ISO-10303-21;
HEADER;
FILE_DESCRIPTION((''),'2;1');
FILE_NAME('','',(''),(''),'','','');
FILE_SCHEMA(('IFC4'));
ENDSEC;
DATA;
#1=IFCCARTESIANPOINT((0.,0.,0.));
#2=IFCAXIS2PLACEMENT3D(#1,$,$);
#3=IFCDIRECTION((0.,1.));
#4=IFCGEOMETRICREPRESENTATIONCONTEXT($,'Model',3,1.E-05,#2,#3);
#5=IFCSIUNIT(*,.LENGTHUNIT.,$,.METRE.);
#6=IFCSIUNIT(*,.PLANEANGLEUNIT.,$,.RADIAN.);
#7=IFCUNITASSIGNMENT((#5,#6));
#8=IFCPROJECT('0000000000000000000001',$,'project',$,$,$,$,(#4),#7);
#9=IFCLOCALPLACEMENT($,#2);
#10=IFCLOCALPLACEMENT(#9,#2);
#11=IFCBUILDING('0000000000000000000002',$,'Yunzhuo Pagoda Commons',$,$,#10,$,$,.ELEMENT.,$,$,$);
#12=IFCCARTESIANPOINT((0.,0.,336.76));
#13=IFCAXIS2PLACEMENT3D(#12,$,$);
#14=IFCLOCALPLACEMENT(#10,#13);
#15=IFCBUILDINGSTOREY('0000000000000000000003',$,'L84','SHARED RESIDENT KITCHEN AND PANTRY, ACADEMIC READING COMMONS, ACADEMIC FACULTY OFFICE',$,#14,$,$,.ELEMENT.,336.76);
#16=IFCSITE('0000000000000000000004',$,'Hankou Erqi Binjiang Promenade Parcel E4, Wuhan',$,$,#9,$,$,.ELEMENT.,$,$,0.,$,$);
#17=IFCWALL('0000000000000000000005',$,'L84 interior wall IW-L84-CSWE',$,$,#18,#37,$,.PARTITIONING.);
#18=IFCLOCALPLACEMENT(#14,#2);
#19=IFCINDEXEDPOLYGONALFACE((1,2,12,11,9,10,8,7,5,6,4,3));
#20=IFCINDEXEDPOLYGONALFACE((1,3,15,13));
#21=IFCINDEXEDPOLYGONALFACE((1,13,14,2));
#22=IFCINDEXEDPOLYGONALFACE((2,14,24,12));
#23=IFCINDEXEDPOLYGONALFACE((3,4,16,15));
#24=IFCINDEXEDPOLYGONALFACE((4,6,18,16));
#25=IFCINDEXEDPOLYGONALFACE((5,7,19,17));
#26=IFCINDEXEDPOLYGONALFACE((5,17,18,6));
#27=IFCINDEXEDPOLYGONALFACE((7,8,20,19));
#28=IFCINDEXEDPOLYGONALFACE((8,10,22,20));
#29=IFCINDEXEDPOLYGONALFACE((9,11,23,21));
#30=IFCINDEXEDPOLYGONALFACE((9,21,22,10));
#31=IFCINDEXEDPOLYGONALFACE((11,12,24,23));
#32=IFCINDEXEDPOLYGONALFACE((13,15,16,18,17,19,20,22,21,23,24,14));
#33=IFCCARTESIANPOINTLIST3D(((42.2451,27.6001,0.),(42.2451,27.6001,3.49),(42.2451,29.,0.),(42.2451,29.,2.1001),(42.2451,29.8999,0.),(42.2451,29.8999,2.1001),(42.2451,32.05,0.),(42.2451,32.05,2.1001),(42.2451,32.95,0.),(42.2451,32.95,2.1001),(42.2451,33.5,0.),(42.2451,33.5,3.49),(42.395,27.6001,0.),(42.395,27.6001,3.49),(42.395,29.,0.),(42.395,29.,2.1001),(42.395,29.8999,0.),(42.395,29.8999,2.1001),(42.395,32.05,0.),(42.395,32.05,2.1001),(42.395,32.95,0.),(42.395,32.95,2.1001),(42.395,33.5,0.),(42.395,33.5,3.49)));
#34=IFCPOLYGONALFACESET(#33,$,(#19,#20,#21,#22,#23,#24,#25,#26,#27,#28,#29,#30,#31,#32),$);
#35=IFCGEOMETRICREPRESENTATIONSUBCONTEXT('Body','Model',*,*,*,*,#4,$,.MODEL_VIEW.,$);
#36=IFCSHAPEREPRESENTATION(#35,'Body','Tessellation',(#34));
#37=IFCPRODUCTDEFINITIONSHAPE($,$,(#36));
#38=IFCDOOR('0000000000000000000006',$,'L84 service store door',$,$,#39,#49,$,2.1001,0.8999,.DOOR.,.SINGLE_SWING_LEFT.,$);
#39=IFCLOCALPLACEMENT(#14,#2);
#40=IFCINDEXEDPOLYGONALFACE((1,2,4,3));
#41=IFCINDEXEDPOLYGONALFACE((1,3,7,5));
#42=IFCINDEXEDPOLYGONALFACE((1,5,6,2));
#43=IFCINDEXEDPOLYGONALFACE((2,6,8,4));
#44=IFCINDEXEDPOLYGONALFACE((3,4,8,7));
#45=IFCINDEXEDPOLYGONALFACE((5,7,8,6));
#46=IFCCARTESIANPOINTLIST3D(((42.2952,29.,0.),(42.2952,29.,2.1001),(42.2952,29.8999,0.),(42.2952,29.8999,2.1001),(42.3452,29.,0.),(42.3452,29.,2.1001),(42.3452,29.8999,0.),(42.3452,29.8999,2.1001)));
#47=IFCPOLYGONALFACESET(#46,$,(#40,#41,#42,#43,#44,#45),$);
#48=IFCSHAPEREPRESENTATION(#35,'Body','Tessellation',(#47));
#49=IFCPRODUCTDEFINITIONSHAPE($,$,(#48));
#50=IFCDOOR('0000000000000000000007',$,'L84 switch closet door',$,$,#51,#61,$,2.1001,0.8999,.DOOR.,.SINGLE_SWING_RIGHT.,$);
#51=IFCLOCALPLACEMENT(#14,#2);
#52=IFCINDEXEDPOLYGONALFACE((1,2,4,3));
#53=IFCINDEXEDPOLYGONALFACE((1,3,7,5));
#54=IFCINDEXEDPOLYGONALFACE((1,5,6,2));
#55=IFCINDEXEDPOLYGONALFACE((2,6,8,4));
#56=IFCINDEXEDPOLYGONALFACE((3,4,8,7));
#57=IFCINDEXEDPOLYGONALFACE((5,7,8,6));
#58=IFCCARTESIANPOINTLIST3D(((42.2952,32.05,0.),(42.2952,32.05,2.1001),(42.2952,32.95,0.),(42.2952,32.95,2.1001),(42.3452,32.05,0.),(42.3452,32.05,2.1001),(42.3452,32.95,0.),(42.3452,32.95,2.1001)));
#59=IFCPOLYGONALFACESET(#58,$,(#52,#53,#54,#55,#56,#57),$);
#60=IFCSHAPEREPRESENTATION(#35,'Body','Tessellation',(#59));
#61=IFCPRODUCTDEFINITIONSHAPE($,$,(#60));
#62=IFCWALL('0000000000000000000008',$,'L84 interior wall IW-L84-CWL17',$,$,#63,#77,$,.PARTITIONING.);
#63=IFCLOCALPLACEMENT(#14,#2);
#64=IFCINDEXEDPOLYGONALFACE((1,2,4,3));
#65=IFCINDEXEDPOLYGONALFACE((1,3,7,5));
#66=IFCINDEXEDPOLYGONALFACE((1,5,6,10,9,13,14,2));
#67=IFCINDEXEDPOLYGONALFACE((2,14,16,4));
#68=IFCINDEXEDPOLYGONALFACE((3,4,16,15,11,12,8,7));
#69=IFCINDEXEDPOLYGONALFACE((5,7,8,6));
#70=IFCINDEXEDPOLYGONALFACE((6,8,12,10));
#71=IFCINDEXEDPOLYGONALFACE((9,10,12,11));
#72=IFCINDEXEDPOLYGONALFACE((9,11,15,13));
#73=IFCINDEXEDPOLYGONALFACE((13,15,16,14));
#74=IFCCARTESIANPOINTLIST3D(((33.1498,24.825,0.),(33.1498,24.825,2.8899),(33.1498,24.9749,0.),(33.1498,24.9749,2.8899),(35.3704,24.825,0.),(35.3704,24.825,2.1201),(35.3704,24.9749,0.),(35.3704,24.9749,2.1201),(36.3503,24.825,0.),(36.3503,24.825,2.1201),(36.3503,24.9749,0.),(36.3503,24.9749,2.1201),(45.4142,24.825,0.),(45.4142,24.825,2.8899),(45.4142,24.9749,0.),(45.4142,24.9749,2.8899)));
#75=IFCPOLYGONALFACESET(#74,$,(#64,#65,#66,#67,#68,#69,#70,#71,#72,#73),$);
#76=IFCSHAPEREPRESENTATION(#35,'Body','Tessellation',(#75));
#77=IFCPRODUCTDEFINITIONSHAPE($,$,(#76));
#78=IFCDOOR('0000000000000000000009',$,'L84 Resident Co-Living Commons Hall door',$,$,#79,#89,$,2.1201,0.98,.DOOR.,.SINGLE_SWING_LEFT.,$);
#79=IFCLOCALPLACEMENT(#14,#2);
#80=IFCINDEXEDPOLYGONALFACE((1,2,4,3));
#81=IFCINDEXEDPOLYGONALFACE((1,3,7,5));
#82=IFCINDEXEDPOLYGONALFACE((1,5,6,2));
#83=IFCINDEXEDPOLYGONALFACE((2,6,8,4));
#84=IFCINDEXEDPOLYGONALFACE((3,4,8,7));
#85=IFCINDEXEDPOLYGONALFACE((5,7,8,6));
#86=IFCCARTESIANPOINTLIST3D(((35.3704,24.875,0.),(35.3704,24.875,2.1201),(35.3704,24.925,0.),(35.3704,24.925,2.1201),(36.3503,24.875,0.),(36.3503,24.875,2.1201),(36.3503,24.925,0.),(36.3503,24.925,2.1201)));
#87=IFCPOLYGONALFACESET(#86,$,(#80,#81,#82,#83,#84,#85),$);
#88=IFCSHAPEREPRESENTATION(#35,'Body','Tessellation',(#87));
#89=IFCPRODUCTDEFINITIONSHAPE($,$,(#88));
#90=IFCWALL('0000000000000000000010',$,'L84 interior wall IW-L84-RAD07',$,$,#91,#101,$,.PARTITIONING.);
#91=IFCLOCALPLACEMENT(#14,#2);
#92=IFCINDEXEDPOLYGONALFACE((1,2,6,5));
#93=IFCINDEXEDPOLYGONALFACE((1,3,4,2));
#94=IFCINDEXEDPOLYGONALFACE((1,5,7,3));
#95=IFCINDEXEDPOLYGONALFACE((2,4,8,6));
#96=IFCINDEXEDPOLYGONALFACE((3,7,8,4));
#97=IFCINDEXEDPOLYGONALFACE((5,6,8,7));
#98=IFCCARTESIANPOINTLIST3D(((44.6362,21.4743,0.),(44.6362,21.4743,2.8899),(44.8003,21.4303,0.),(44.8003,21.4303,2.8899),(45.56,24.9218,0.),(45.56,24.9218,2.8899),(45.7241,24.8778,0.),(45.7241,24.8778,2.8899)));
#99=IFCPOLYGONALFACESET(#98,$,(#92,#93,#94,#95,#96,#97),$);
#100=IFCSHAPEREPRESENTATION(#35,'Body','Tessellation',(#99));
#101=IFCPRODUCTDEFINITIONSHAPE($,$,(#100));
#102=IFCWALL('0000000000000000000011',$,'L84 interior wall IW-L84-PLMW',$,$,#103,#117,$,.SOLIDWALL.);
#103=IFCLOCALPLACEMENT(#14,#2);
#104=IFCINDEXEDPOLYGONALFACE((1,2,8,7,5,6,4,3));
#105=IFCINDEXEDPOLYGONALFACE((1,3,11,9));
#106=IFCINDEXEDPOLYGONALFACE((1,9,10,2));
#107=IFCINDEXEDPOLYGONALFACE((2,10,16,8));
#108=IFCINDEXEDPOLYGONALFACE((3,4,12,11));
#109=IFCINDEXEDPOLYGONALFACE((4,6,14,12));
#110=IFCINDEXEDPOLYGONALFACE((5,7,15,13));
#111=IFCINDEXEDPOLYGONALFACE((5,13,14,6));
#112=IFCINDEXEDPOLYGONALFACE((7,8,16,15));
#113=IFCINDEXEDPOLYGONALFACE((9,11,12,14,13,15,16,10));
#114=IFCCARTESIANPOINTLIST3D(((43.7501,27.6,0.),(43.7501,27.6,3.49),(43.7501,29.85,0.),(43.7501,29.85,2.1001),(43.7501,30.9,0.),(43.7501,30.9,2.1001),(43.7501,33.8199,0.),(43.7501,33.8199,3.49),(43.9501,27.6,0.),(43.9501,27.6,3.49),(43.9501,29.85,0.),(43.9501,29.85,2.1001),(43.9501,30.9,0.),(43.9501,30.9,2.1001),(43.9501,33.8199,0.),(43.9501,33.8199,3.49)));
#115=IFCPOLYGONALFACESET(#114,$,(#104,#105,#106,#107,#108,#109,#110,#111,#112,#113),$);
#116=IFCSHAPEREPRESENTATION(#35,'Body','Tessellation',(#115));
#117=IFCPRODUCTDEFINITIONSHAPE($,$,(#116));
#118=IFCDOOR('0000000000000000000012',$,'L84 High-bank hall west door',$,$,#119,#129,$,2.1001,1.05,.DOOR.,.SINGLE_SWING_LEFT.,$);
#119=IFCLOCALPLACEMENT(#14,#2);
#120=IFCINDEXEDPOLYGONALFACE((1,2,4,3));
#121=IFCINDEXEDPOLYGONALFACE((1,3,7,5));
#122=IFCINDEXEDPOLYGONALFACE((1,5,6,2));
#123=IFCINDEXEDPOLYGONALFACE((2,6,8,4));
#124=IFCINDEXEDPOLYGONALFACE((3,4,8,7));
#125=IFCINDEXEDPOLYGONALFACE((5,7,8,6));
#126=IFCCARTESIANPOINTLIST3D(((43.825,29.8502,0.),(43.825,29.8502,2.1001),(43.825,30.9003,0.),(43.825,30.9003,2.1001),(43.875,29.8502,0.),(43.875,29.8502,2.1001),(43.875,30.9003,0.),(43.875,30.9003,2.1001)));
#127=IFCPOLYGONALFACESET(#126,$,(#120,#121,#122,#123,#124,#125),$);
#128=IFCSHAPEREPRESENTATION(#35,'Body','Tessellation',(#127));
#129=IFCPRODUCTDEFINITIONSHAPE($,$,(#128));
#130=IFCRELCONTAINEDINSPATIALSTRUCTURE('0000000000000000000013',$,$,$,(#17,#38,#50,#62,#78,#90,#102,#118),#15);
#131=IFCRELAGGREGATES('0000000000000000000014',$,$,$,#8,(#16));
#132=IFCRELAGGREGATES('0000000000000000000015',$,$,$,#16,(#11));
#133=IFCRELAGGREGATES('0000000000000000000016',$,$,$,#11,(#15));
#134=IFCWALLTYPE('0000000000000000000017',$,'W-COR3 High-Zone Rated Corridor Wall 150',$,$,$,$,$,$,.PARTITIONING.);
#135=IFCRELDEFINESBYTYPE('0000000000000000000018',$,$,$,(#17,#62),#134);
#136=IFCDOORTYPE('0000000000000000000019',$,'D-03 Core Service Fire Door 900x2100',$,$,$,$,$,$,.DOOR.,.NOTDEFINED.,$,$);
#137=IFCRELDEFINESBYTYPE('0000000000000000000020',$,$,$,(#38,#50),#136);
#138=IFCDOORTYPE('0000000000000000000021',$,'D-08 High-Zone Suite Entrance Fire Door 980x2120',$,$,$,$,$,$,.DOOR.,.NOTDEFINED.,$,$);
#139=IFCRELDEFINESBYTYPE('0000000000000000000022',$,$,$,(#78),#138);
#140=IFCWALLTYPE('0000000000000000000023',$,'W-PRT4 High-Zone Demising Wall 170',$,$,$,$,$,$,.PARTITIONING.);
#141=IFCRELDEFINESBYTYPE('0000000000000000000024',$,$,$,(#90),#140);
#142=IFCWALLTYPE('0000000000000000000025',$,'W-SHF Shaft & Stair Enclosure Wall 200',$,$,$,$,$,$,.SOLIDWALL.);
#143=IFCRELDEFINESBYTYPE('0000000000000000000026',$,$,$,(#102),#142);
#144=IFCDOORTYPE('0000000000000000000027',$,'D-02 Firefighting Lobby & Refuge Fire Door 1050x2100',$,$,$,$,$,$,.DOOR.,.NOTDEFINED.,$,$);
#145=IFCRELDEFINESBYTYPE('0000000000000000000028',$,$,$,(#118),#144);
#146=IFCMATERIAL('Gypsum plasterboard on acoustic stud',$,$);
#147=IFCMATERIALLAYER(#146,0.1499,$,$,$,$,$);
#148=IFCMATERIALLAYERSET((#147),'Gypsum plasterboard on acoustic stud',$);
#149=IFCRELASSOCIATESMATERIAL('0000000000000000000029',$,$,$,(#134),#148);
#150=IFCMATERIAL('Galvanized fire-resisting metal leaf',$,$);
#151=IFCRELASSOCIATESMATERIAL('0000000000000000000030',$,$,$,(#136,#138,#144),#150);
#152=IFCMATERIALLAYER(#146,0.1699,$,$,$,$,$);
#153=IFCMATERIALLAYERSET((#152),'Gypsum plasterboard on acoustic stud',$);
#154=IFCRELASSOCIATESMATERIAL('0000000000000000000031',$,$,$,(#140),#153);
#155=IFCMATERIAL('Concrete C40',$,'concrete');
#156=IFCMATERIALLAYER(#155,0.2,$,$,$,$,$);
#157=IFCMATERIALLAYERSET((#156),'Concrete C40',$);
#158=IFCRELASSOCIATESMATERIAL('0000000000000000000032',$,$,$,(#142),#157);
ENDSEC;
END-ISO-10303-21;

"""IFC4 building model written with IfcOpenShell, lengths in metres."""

from ifc_helpers import new_model, si_unit, direction, frame, frame_2d, origin, origin_with_axes, place, context, subcontext, project, spatial, rectangle, extrude, source, transform, mapped, material, layer, layer_set, type_object, element, fill, save


model = new_model("IFC4")

# Units and contexts
model_context = context("Model", 3, precision=1e-05, world=origin(), true_north=direction((0.0, 1.0)))
body_context = subcontext(model_context, "Body", "Model", "MODEL_VIEW")
ifc_project = project(units=[si_unit("LENGTHUNIT", "METRE"), si_unit("PLANEANGLEUNIT", "RADIAN")], contexts=[model_context])

# Site, building, storey
site_placement = place(None, origin())
site = spatial("IfcSite", under=ifc_project, at=site_placement, Name="Hankou Erqi Binjiang Promenade Parcel E4, Wuhan", CompositionType="ELEMENT", RefElevation=0.0)
building_placement = place(site_placement, origin())
building = spatial("IfcBuilding", under=site, at=building_placement, Name="Yunzhuo Pagoda Commons", CompositionType="ELEMENT")
storey_placement = place(building_placement, frame((0.0, 0.0, 336.76)))
storey = spatial("IfcBuildingStorey", under=building, at=storey_placement, Name="L84", Description="SHARED RESIDENT KITCHEN AND PANTRY, ACADEMIC READING COMMONS, ACADEMIC FACULTY OFFICE", CompositionType="ELEMENT", Elevation=336.76)

# Wall, openings, doors
ifc_material_1 = material(Name="Gypsum plasterboard on acoustic stud")
ifc_layer_1 = layer(ifc_material_1, 0.1499)
ifc_layer_set_1 = layer_set([ifc_layer_1], Name="Gypsum plasterboard on acoustic stud")
wall_type_1 = type_object("IfcWallType", Name="W-COR3 High-Zone Rated Corridor Wall 150", PredefinedType="PARTITIONING", material=ifc_layer_set_1)
wall_1_placement = place(storey_placement, frame((42.3201, 27.6001, 0.0), z_axis=(0.0, 0.0, 1.0), x_axis=(0.0, 1.0, 0.0)))
wall_1 = element("IfcWall", 1, at=wall_1_placement, inside=storey, type_object=wall_type_1, Name="L84 interior wall IW-L84-CSWE", PredefinedType="PARTITIONING", context=body_context, shape_type="SweptSolid", body=[
    extrude(rectangle(XDim=5.8999, YDim=0.1499, at=frame_2d((2.95, 0.0))), origin(), (0.0, 0.0, 1.0), 3.49),
])
opening_1_placement = place(wall_1_placement, frame((1.3999, 0.0, 0.0)))
opening_1 = element("IfcOpeningElement", 2, at=opening_1_placement, cuts=wall_1, PredefinedType="OPENING", context=body_context, shape_type="SweptSolid", body=[
    extrude(rectangle(XDim=0.8999, YDim=2.1001, at=frame_2d((0.45, 1.05))), frame((0.0, 0.085, 0.0), z_axis=(0.0, -1.0, 0.0), x_axis=(1.0, 0.0, 0.0)), (0.0, 0.0, 1.0), 0.1699),
])
opening_2_placement = place(wall_1_placement, frame((4.45, 0.0, 0.0)))
opening_2 = element("IfcOpeningElement", 3, at=opening_2_placement, cuts=wall_1, PredefinedType="OPENING", context=body_context, shape_type="SweptSolid", body=[
    extrude(rectangle(XDim=0.8999, YDim=2.1001, at=frame_2d((0.45, 1.05))), frame((0.0, 0.085, 0.0), z_axis=(0.0, -1.0, 0.0), x_axis=(1.0, 0.0, 0.0)), (0.0, 0.0, 1.0), 0.1699),
])
ifc_material_2 = material(Name="Galvanized fire-resisting metal leaf")
door_type_1 = type_object("IfcDoorType", Name="D-03 Core Service Fire Door 900x2100", OperationType="NOTDEFINED", PredefinedType="DOOR", material=ifc_material_2)
shared_shape_1 = source(origin(), body_context, "Body", "SweptSolid", [
    extrude(rectangle(XDim=0.8999, YDim=2.1001, at=frame_2d((0.45, 1.05))), frame((0.0, 0.0249, 0.0), z_axis=(0.0, -1.0, 0.0), x_axis=(1.0, 0.0, 0.0)), (0.0, 0.0, 1.0), 0.05),
])
door_1_placement = place(opening_1_placement, origin_with_axes())
door_1 = element("IfcDoor", 4, at=door_1_placement, inside=storey, type_object=door_type_1, Name="L84 service store door", OperationType="SINGLE_SWING_LEFT", OverallHeight=2.1001, OverallWidth=0.8999, PredefinedType="DOOR", context=body_context, shape_type="MappedRepresentation", body=[
    mapped(shared_shape_1, transform((0.0, 0.0, 0.0), scale=1.0)),
])
fill(opening_1, door_1)
door_2_placement = place(opening_2_placement, origin_with_axes())
door_2 = element("IfcDoor", 5, at=door_2_placement, inside=storey, type_object=door_type_1, Name="L84 switch closet door", OperationType="SINGLE_SWING_RIGHT", OverallHeight=2.1001, OverallWidth=0.8999, PredefinedType="DOOR", context=body_context, shape_type="MappedRepresentation", body=[
    mapped(shared_shape_1, transform((0.0, 0.0, 0.0), scale=1.0)),
])
fill(opening_2, door_2)

# Wall, opening, door
wall_2_placement = place(storey_placement, frame((45.4143, 24.8999, 0.0), z_axis=(0.0, 0.0, 1.0), x_axis=(-1.0, 0.0, 0.0)))
wall_2 = element("IfcWall", 6, at=wall_2_placement, inside=storey, type_object=wall_type_1, Name="L84 interior wall IW-L84-CWL17", PredefinedType="PARTITIONING", context=body_context, shape_type="SweptSolid", body=[
    extrude(rectangle(XDim=12.2644, YDim=0.1499, at=frame_2d((6.1323, 0.0))), origin(), (0.0, 0.0, 1.0), 2.8899),
])
opening_3_placement = place(wall_2_placement, frame((9.064, 0.0, 0.0)))
opening_3 = element("IfcOpeningElement", 7, at=opening_3_placement, cuts=wall_2, PredefinedType="OPENING", context=body_context, shape_type="SweptSolid", body=[
    extrude(rectangle(XDim=0.98, YDim=2.1201, at=frame_2d((0.49, 1.0601))), frame((0.0, 0.085, 0.0), z_axis=(0.0, -1.0, 0.0), x_axis=(1.0, 0.0, 0.0)), (0.0, 0.0, 1.0), 0.1699),
])
door_type_2 = type_object("IfcDoorType", Name="D-08 High-Zone Suite Entrance Fire Door 980x2120", OperationType="NOTDEFINED", PredefinedType="DOOR", material=ifc_material_2)
shared_shape_2 = source(origin(), body_context, "Body", "SweptSolid", [
    extrude(rectangle(XDim=0.98, YDim=2.1201, at=frame_2d((0.49, 1.0601))), frame((0.0, 0.0249, 0.0), z_axis=(0.0, -1.0, 0.0), x_axis=(1.0, 0.0, 0.0)), (0.0, 0.0, 1.0), 0.05),
])
door_3_placement = place(opening_3_placement, origin_with_axes())
door_3 = element("IfcDoor", 8, at=door_3_placement, inside=storey, type_object=door_type_2, Name="L84 Resident Co-Living Commons Hall door", OperationType="SINGLE_SWING_LEFT", OverallHeight=2.1201, OverallWidth=0.98, PredefinedType="DOOR", context=body_context, shape_type="MappedRepresentation", body=[
    mapped(shared_shape_2, transform((0.0, 0.0, 0.0), scale=1.0)),
])
fill(opening_3, door_3)

# Wall
ifc_layer_2 = layer(ifc_material_1, 0.1699)
ifc_layer_set_2 = layer_set([ifc_layer_2], Name="Gypsum plasterboard on acoustic stud")
wall_type_2 = type_object("IfcWallType", Name="W-PRT4 High-Zone Demising Wall 170", PredefinedType="PARTITIONING", material=ifc_layer_set_2)
wall_3_placement = place(storey_placement, frame((45.6421, 24.8999, 0.0), z_axis=(0.0, 0.0, 1.0), x_axis=(-0.258838, -0.965921, 0.0)))
element("IfcWall", 9, at=wall_3_placement, inside=storey, type_object=wall_type_2, Name="L84 interior wall IW-L84-RAD07", PredefinedType="PARTITIONING", context=body_context, shape_type="SweptSolid", body=[
    extrude(rectangle(XDim=3.5691, YDim=0.1699, at=frame_2d((1.7847, 0.0))), origin(), (0.0, 0.0, 1.0), 2.8899),
])

# Wall, opening, door
ifc_material_3 = material(Name="Concrete C40", Category="concrete")
ifc_layer_3 = layer(ifc_material_3, 0.2)
ifc_layer_set_3 = layer_set([ifc_layer_3], Name="Concrete C40")
wall_type_3 = type_object("IfcWallType", Name="W-SHF Shaft & Stair Enclosure Wall 200", PredefinedType="SOLIDWALL", material=ifc_layer_set_3)
wall_4_placement = place(storey_placement, frame((43.8501, 27.6001, 0.0), z_axis=(0.0, 0.0, 1.0), x_axis=(0.0, 1.0, 0.0)))
wall_4 = element("IfcWall", 10, at=wall_4_placement, inside=storey, type_object=wall_type_3, Name="L84 interior wall IW-L84-PLMW", PredefinedType="SOLIDWALL", context=body_context, shape_type="SweptSolid", body=[
    extrude(rectangle(XDim=6.22, YDim=0.2, at=frame_2d((3.1099, 0.0))), origin(), (0.0, 0.0, 1.0), 3.49),
])
opening_4_placement = place(wall_4_placement, frame((2.25, 0.0, 0.0)))
opening_4 = element("IfcOpeningElement", 11, at=opening_4_placement, cuts=wall_4, PredefinedType="OPENING", context=body_context, shape_type="SweptSolid", body=[
    extrude(rectangle(XDim=1.05, YDim=2.1001, at=frame_2d((0.5249, 1.05))), frame((0.0, 0.1099, 0.0), z_axis=(0.0, -1.0, 0.0), x_axis=(1.0, 0.0, 0.0)), (0.0, 0.0, 1.0), 0.22),
])
door_type_3 = type_object("IfcDoorType", Name="D-02 Firefighting Lobby & Refuge Fire Door 1050x2100", OperationType="NOTDEFINED", PredefinedType="DOOR", material=ifc_material_2)
shared_shape_3 = source(origin(), body_context, "Body", "SweptSolid", [
    extrude(rectangle(XDim=1.05, YDim=2.1001, at=frame_2d((0.5249, 1.05))), frame((0.0, 0.0249, 0.0), z_axis=(0.0, -1.0, 0.0), x_axis=(1.0, 0.0, 0.0)), (0.0, 0.0, 1.0), 0.05),
])
door_4_placement = place(opening_4_placement, frame((1.05, 0.0, 0.0), z_axis=(0.0, 0.0, 1.0), x_axis=(-1.0, 0.0, 0.0)))
door_4 = element("IfcDoor", 12, at=door_4_placement, inside=storey, type_object=door_type_3, Name="L84 High-bank hall west door", OperationType="SINGLE_SWING_LEFT", OverallHeight=2.1001, OverallWidth=1.05, PredefinedType="DOOR", context=body_context, shape_type="MappedRepresentation", body=[
    mapped(shared_shape_3, transform((0.0, 0.0, 0.0), scale=1.0)),
])
fill(opening_4, door_4)

save(model, "model.ifc")
